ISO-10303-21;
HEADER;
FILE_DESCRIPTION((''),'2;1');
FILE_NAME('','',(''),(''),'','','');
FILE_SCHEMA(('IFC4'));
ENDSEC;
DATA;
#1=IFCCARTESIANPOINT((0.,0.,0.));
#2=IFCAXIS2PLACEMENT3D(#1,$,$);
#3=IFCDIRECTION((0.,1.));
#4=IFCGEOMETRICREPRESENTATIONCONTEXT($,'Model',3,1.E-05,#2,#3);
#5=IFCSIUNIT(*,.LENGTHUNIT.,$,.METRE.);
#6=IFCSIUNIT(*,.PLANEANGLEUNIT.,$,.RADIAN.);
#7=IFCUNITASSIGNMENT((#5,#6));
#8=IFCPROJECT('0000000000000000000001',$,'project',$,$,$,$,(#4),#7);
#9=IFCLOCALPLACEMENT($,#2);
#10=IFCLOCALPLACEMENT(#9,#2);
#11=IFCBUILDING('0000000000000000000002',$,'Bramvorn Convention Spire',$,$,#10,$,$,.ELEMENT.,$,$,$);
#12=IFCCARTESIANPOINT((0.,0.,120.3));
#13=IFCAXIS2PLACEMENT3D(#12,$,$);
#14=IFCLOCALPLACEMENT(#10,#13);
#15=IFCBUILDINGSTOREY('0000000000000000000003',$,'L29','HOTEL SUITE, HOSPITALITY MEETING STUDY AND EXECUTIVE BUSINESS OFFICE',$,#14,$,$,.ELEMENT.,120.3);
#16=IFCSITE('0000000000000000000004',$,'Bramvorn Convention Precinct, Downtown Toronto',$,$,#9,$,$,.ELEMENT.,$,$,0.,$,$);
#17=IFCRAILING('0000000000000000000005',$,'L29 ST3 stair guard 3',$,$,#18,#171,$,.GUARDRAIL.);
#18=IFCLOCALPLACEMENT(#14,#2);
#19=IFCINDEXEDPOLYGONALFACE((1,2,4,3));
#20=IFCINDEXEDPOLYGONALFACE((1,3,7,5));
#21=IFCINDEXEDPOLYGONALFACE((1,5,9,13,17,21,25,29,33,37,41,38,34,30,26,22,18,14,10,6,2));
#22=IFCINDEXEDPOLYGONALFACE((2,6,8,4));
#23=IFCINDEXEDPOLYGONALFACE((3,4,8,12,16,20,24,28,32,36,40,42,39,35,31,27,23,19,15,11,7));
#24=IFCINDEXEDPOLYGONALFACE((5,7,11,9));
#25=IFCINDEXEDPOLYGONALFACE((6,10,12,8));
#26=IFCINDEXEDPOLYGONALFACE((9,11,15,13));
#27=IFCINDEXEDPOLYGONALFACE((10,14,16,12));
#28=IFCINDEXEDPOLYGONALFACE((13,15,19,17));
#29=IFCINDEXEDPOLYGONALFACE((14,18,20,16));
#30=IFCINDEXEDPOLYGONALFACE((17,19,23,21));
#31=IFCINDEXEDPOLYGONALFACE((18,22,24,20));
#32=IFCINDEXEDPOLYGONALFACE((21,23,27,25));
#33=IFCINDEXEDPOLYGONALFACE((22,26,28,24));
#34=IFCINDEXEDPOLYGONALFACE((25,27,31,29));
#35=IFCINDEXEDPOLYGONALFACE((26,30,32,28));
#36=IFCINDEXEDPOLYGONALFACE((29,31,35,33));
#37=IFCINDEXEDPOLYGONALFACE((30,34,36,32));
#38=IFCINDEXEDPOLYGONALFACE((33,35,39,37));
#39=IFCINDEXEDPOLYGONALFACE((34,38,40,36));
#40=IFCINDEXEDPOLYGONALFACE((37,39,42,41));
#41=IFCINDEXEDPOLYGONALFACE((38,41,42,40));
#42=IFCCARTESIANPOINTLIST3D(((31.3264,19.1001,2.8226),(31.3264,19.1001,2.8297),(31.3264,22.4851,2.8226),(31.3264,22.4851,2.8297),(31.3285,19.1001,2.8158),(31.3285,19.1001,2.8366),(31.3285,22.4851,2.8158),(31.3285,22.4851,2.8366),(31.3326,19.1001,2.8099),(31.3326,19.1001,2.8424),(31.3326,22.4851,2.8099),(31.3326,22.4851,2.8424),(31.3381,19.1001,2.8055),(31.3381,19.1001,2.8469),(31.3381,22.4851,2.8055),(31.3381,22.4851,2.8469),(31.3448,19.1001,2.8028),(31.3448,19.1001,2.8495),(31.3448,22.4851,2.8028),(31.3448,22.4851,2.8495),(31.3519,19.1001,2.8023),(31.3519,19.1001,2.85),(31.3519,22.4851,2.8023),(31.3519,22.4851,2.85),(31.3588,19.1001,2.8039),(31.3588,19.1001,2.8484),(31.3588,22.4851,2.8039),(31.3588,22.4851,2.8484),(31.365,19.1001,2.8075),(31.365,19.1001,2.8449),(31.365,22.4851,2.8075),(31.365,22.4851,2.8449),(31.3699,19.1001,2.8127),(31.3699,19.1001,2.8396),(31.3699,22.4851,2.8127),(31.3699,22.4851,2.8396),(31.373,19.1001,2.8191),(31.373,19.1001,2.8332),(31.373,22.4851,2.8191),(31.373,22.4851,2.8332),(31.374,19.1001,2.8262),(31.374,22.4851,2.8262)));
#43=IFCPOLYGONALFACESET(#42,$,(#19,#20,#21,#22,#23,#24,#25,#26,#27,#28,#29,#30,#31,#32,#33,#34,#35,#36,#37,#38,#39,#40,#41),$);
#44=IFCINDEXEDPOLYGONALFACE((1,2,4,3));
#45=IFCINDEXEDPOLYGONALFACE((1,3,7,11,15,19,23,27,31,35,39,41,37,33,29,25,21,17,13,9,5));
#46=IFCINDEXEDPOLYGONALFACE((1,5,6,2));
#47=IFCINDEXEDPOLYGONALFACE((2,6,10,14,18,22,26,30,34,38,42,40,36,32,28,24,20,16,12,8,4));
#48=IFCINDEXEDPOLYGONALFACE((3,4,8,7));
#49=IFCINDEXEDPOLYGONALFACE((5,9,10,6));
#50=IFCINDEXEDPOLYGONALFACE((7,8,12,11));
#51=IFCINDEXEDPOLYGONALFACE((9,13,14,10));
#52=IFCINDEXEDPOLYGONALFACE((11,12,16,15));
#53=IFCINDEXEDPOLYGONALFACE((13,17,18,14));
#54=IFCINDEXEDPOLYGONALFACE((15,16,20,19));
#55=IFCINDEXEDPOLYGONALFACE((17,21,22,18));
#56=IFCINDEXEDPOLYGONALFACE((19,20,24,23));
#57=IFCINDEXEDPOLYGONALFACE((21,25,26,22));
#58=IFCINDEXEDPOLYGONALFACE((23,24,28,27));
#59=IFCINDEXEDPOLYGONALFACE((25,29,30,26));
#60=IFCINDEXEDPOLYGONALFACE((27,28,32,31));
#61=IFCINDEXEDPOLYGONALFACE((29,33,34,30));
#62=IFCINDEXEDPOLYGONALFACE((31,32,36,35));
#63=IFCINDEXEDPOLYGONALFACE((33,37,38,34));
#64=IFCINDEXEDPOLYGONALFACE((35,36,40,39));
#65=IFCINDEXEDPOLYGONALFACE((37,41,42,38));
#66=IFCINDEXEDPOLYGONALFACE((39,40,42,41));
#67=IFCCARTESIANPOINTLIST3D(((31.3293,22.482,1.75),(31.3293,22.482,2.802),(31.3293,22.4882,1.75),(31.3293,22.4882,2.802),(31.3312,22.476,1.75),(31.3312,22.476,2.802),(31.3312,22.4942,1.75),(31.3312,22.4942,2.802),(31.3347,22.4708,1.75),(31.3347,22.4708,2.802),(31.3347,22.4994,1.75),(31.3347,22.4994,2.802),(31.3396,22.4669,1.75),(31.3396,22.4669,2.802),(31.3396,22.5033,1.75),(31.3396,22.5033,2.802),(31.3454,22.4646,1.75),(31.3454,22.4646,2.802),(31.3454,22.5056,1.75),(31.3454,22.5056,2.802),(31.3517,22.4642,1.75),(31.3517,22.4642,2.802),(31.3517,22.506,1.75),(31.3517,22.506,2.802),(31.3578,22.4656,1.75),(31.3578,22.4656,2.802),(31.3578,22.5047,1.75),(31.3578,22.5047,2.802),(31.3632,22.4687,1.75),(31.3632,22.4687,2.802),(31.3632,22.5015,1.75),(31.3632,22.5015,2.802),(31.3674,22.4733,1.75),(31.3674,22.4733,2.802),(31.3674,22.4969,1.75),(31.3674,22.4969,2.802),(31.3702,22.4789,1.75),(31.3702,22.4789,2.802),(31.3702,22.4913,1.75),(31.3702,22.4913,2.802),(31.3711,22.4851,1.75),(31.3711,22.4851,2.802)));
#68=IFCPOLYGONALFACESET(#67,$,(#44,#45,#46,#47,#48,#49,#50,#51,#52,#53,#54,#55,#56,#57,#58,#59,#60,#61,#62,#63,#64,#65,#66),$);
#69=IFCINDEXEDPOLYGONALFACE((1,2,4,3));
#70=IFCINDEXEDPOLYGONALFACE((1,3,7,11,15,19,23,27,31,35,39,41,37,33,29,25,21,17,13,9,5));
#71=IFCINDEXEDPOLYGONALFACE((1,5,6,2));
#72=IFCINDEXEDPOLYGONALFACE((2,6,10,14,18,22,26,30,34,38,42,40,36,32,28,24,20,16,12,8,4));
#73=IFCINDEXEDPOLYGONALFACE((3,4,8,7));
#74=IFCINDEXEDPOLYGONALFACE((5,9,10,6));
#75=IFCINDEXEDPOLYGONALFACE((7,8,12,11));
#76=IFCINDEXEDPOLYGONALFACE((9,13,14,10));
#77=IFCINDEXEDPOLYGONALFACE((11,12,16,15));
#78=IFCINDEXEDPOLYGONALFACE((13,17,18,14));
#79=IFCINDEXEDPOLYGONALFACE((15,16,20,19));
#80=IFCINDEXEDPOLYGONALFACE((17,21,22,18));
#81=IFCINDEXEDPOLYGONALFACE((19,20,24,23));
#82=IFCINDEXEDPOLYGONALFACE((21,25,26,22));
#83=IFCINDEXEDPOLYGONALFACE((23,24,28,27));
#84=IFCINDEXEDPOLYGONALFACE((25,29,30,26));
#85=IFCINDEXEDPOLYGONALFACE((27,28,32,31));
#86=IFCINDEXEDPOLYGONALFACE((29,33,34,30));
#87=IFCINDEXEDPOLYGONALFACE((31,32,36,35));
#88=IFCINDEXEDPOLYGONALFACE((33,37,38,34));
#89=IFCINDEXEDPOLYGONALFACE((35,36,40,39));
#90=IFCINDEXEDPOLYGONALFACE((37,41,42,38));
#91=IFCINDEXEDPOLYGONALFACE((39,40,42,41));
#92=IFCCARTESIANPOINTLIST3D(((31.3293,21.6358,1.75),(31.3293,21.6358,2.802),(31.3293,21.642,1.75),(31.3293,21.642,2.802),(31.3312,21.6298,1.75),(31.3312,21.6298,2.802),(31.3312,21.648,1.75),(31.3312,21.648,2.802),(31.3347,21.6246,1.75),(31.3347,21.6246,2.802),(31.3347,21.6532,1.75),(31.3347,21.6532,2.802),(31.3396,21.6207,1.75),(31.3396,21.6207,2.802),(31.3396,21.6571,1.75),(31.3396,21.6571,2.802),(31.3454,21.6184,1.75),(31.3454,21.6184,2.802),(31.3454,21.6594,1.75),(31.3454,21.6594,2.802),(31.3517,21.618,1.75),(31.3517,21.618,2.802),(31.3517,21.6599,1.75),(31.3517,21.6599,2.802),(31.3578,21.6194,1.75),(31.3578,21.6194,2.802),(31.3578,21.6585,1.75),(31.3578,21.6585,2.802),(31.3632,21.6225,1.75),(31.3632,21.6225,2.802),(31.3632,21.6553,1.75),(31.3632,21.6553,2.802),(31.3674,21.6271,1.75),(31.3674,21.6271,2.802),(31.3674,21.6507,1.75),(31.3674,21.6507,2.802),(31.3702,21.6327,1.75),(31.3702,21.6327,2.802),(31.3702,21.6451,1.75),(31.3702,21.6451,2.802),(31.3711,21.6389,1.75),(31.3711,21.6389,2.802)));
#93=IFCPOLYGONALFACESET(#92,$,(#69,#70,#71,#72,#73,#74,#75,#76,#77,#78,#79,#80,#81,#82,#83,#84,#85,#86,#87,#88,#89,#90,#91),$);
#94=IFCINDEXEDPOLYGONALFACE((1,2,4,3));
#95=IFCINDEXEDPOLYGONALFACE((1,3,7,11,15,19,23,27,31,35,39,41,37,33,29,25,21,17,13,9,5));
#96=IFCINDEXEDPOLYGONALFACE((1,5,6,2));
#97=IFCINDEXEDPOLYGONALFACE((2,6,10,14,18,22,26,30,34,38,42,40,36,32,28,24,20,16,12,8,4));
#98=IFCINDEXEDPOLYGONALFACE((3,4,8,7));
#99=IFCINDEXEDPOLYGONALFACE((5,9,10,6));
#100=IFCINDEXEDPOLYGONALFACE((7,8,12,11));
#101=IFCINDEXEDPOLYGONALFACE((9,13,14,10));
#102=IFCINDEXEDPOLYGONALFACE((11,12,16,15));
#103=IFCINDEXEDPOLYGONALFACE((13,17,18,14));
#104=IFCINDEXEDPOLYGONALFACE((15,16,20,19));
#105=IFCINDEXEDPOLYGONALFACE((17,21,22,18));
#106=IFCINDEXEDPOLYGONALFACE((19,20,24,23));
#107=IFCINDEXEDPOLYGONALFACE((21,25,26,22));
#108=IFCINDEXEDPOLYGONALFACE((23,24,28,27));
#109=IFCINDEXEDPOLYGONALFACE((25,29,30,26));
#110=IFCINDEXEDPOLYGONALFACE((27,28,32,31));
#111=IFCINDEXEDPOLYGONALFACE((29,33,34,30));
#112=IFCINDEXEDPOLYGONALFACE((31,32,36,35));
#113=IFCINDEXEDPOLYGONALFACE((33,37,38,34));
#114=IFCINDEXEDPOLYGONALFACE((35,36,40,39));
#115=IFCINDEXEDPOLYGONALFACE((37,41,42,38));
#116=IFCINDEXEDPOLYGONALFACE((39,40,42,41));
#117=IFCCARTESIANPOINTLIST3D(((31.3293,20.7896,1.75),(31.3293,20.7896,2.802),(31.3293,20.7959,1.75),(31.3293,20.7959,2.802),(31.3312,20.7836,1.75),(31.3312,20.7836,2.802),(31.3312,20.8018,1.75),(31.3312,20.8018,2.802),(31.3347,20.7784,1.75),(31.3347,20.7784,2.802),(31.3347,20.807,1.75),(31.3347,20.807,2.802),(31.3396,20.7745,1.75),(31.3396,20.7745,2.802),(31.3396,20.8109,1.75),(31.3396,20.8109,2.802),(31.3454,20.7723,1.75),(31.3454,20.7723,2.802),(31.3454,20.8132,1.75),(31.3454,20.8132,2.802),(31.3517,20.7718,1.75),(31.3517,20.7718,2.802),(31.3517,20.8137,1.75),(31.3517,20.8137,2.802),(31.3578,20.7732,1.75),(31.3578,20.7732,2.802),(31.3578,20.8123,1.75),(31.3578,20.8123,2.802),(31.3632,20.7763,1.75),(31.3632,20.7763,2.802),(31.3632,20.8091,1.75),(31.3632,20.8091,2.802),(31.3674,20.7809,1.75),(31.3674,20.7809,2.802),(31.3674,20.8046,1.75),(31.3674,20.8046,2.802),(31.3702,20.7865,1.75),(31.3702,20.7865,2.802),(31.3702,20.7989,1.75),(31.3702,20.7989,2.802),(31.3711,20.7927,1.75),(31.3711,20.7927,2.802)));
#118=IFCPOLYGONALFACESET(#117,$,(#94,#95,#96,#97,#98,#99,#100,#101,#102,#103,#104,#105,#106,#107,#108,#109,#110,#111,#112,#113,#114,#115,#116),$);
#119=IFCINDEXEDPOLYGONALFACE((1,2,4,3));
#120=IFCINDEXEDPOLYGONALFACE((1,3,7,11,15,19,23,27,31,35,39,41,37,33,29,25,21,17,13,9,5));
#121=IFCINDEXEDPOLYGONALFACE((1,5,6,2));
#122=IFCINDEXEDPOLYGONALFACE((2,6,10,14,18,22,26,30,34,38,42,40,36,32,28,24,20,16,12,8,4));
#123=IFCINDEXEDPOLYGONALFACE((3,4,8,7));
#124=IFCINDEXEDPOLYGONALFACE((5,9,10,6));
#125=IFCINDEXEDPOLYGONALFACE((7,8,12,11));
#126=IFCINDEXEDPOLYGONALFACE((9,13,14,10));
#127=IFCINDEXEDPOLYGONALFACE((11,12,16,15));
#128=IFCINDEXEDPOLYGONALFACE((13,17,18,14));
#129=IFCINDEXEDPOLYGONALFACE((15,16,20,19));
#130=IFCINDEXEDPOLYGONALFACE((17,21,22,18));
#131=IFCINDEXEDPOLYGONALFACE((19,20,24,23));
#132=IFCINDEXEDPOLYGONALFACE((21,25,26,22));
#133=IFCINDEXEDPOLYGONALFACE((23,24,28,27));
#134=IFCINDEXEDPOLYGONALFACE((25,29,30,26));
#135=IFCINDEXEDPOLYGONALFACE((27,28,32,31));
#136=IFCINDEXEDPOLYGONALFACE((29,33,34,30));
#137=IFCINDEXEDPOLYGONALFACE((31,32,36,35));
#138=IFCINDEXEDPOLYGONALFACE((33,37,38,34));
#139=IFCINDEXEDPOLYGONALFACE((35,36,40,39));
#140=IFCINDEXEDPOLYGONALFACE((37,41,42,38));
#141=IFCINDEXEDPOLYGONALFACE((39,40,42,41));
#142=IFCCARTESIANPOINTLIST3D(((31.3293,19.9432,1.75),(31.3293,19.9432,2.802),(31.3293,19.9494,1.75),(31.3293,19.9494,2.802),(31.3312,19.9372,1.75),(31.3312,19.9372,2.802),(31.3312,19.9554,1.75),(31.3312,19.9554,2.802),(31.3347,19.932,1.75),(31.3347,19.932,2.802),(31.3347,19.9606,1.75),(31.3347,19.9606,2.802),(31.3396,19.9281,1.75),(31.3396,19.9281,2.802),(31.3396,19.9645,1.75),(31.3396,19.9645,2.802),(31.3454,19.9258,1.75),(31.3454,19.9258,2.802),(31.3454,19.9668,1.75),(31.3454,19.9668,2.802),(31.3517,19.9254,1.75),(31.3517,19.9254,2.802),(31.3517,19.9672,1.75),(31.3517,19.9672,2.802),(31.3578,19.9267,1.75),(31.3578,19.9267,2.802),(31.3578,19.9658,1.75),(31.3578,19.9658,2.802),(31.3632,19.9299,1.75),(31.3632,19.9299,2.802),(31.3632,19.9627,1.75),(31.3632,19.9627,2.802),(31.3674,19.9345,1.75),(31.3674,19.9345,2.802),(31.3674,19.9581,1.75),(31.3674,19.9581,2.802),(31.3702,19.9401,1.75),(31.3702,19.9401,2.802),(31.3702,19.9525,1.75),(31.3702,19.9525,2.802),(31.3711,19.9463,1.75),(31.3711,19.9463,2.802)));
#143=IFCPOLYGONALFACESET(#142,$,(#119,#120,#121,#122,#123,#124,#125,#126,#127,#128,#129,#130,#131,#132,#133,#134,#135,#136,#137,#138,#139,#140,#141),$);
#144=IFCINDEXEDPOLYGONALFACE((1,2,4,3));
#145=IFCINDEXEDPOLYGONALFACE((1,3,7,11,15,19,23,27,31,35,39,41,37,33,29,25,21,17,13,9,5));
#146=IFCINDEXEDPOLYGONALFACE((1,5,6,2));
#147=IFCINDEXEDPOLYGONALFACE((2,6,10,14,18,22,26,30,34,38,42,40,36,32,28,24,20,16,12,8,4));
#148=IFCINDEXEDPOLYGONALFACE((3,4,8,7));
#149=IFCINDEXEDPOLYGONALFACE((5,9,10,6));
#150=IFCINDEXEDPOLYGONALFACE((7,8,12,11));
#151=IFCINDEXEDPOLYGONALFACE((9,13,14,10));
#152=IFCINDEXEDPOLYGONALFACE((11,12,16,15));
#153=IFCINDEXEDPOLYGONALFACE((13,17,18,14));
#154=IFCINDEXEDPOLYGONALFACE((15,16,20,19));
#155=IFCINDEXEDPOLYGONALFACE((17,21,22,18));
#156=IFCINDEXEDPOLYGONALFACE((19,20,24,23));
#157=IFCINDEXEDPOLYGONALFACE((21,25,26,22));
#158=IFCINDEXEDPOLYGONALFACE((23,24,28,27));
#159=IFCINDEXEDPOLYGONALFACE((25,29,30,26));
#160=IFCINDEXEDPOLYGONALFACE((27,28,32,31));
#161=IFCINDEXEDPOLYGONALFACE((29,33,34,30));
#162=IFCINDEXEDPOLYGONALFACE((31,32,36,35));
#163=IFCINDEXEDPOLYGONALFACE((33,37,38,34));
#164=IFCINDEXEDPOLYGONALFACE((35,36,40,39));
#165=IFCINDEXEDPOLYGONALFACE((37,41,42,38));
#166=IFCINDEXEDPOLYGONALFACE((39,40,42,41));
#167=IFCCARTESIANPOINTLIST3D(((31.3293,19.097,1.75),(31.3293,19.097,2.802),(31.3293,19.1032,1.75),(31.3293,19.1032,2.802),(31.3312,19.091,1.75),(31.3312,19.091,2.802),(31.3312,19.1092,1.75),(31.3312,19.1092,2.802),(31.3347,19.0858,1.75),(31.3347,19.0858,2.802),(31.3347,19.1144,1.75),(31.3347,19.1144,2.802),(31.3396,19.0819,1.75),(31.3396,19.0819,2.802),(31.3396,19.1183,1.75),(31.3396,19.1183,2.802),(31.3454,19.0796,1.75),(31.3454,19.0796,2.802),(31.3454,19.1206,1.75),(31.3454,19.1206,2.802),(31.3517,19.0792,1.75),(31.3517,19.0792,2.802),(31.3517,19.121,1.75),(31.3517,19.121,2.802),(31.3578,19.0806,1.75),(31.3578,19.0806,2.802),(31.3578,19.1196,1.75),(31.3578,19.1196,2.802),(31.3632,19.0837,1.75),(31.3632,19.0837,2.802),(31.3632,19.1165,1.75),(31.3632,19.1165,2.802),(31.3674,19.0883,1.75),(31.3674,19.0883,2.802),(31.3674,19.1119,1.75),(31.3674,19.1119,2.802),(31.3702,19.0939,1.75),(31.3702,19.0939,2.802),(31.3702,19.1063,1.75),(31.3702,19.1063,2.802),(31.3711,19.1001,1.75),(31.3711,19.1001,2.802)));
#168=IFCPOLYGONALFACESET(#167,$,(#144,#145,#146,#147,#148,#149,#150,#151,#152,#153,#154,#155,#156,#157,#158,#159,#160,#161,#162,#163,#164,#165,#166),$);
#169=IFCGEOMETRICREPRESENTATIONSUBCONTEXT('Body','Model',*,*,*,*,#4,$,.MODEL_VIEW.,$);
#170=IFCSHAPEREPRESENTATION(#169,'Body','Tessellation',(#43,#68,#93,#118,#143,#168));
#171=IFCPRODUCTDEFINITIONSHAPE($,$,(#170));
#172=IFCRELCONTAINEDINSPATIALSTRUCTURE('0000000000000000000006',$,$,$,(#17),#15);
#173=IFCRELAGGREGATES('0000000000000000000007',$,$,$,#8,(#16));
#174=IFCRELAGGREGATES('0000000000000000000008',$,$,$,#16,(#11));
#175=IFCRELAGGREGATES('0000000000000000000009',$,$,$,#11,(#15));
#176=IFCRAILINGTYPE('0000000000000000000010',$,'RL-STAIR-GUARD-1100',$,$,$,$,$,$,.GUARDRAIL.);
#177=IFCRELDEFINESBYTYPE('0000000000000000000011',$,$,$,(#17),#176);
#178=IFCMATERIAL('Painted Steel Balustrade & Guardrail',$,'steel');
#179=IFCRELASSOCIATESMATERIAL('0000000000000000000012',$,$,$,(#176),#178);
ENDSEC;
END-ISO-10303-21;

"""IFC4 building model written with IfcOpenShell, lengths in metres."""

from ifc_helpers import new_model, si_unit, direction, frame, origin, origin_2d, place, context, subcontext, project, spatial, circle, extrude, material, type_object, element, save


model = new_model("IFC4")

# Units and contexts
model_context = context("Model", 3, precision=1e-05, world=origin(), true_north=direction((0.0, 1.0)))
body_context = subcontext(model_context, "Body", "Model", "MODEL_VIEW")
ifc_project = project(units=[si_unit("LENGTHUNIT", "METRE"), si_unit("PLANEANGLEUNIT", "RADIAN")], contexts=[model_context])

# Site, building, storey
site_placement = place(None, origin())
site = spatial("IfcSite", under=ifc_project, at=site_placement, Name="Bramvorn Convention Precinct, Downtown Toronto", CompositionType="ELEMENT", RefElevation=0.0)
building_placement = place(site_placement, origin())
building = spatial("IfcBuilding", under=site, at=building_placement, Name="Bramvorn Convention Spire", CompositionType="ELEMENT")
storey_placement = place(building_placement, frame((0.0, 0.0, 120.3)))
storey = spatial("IfcBuildingStorey", under=building, at=storey_placement, Name="L29", Description="HOTEL SUITE, HOSPITALITY MEETING STUDY AND EXECUTIVE BUSINESS OFFICE", CompositionType="ELEMENT", Elevation=120.3)

# Railing
ifc_material_1 = material(Name="Painted Steel Balustrade & Guardrail", Category="steel")
railing_type_1 = type_object("IfcRailingType", Name="RL-STAIR-GUARD-1100", PredefinedType="GUARDRAIL", material=ifc_material_1)
for number, where, name in (
    (1, (31.3501, 22.4851, 1.75), "L29 ST3 stair guard 3"),
):
    element("IfcRailing", number, at=place(storey_placement, frame(where)), inside=storey, type_object=railing_type_1, Name=name, PredefinedType="GUARDRAIL", context=body_context, shape_type="SweptSolid", body=[
        extrude(circle(Radius=0.0239, at=origin_2d()), frame((0.0, 0.0, 1.0762), z_axis=(0.0, -1.0, 0.0), x_axis=(1.0, 0.0, 0.0)), (0.0, 0.0, 1.0), 3.385),
        extrude(circle(Radius=0.021, at=origin_2d()), origin(), (0.0, 0.0, 1.0), 1.052),
        extrude(circle(Radius=0.021, at=origin_2d()), frame((0.0, -0.8462, 0.0)), (0.0, 0.0, 1.0), 1.052),
        extrude(circle(Radius=0.021, at=origin_2d()), frame((0.0, -1.6924, 0.0)), (0.0, 0.0, 1.0), 1.052),
        extrude(circle(Radius=0.021, at=origin_2d()), frame((0.0, -2.5388, 0.0)), (0.0, 0.0, 1.0), 1.052),
        extrude(circle(Radius=0.021, at=origin_2d()), frame((0.0, -3.385, 0.0)), (0.0, 0.0, 1.0), 1.052),
    ])

save(model, "model.ifc")
